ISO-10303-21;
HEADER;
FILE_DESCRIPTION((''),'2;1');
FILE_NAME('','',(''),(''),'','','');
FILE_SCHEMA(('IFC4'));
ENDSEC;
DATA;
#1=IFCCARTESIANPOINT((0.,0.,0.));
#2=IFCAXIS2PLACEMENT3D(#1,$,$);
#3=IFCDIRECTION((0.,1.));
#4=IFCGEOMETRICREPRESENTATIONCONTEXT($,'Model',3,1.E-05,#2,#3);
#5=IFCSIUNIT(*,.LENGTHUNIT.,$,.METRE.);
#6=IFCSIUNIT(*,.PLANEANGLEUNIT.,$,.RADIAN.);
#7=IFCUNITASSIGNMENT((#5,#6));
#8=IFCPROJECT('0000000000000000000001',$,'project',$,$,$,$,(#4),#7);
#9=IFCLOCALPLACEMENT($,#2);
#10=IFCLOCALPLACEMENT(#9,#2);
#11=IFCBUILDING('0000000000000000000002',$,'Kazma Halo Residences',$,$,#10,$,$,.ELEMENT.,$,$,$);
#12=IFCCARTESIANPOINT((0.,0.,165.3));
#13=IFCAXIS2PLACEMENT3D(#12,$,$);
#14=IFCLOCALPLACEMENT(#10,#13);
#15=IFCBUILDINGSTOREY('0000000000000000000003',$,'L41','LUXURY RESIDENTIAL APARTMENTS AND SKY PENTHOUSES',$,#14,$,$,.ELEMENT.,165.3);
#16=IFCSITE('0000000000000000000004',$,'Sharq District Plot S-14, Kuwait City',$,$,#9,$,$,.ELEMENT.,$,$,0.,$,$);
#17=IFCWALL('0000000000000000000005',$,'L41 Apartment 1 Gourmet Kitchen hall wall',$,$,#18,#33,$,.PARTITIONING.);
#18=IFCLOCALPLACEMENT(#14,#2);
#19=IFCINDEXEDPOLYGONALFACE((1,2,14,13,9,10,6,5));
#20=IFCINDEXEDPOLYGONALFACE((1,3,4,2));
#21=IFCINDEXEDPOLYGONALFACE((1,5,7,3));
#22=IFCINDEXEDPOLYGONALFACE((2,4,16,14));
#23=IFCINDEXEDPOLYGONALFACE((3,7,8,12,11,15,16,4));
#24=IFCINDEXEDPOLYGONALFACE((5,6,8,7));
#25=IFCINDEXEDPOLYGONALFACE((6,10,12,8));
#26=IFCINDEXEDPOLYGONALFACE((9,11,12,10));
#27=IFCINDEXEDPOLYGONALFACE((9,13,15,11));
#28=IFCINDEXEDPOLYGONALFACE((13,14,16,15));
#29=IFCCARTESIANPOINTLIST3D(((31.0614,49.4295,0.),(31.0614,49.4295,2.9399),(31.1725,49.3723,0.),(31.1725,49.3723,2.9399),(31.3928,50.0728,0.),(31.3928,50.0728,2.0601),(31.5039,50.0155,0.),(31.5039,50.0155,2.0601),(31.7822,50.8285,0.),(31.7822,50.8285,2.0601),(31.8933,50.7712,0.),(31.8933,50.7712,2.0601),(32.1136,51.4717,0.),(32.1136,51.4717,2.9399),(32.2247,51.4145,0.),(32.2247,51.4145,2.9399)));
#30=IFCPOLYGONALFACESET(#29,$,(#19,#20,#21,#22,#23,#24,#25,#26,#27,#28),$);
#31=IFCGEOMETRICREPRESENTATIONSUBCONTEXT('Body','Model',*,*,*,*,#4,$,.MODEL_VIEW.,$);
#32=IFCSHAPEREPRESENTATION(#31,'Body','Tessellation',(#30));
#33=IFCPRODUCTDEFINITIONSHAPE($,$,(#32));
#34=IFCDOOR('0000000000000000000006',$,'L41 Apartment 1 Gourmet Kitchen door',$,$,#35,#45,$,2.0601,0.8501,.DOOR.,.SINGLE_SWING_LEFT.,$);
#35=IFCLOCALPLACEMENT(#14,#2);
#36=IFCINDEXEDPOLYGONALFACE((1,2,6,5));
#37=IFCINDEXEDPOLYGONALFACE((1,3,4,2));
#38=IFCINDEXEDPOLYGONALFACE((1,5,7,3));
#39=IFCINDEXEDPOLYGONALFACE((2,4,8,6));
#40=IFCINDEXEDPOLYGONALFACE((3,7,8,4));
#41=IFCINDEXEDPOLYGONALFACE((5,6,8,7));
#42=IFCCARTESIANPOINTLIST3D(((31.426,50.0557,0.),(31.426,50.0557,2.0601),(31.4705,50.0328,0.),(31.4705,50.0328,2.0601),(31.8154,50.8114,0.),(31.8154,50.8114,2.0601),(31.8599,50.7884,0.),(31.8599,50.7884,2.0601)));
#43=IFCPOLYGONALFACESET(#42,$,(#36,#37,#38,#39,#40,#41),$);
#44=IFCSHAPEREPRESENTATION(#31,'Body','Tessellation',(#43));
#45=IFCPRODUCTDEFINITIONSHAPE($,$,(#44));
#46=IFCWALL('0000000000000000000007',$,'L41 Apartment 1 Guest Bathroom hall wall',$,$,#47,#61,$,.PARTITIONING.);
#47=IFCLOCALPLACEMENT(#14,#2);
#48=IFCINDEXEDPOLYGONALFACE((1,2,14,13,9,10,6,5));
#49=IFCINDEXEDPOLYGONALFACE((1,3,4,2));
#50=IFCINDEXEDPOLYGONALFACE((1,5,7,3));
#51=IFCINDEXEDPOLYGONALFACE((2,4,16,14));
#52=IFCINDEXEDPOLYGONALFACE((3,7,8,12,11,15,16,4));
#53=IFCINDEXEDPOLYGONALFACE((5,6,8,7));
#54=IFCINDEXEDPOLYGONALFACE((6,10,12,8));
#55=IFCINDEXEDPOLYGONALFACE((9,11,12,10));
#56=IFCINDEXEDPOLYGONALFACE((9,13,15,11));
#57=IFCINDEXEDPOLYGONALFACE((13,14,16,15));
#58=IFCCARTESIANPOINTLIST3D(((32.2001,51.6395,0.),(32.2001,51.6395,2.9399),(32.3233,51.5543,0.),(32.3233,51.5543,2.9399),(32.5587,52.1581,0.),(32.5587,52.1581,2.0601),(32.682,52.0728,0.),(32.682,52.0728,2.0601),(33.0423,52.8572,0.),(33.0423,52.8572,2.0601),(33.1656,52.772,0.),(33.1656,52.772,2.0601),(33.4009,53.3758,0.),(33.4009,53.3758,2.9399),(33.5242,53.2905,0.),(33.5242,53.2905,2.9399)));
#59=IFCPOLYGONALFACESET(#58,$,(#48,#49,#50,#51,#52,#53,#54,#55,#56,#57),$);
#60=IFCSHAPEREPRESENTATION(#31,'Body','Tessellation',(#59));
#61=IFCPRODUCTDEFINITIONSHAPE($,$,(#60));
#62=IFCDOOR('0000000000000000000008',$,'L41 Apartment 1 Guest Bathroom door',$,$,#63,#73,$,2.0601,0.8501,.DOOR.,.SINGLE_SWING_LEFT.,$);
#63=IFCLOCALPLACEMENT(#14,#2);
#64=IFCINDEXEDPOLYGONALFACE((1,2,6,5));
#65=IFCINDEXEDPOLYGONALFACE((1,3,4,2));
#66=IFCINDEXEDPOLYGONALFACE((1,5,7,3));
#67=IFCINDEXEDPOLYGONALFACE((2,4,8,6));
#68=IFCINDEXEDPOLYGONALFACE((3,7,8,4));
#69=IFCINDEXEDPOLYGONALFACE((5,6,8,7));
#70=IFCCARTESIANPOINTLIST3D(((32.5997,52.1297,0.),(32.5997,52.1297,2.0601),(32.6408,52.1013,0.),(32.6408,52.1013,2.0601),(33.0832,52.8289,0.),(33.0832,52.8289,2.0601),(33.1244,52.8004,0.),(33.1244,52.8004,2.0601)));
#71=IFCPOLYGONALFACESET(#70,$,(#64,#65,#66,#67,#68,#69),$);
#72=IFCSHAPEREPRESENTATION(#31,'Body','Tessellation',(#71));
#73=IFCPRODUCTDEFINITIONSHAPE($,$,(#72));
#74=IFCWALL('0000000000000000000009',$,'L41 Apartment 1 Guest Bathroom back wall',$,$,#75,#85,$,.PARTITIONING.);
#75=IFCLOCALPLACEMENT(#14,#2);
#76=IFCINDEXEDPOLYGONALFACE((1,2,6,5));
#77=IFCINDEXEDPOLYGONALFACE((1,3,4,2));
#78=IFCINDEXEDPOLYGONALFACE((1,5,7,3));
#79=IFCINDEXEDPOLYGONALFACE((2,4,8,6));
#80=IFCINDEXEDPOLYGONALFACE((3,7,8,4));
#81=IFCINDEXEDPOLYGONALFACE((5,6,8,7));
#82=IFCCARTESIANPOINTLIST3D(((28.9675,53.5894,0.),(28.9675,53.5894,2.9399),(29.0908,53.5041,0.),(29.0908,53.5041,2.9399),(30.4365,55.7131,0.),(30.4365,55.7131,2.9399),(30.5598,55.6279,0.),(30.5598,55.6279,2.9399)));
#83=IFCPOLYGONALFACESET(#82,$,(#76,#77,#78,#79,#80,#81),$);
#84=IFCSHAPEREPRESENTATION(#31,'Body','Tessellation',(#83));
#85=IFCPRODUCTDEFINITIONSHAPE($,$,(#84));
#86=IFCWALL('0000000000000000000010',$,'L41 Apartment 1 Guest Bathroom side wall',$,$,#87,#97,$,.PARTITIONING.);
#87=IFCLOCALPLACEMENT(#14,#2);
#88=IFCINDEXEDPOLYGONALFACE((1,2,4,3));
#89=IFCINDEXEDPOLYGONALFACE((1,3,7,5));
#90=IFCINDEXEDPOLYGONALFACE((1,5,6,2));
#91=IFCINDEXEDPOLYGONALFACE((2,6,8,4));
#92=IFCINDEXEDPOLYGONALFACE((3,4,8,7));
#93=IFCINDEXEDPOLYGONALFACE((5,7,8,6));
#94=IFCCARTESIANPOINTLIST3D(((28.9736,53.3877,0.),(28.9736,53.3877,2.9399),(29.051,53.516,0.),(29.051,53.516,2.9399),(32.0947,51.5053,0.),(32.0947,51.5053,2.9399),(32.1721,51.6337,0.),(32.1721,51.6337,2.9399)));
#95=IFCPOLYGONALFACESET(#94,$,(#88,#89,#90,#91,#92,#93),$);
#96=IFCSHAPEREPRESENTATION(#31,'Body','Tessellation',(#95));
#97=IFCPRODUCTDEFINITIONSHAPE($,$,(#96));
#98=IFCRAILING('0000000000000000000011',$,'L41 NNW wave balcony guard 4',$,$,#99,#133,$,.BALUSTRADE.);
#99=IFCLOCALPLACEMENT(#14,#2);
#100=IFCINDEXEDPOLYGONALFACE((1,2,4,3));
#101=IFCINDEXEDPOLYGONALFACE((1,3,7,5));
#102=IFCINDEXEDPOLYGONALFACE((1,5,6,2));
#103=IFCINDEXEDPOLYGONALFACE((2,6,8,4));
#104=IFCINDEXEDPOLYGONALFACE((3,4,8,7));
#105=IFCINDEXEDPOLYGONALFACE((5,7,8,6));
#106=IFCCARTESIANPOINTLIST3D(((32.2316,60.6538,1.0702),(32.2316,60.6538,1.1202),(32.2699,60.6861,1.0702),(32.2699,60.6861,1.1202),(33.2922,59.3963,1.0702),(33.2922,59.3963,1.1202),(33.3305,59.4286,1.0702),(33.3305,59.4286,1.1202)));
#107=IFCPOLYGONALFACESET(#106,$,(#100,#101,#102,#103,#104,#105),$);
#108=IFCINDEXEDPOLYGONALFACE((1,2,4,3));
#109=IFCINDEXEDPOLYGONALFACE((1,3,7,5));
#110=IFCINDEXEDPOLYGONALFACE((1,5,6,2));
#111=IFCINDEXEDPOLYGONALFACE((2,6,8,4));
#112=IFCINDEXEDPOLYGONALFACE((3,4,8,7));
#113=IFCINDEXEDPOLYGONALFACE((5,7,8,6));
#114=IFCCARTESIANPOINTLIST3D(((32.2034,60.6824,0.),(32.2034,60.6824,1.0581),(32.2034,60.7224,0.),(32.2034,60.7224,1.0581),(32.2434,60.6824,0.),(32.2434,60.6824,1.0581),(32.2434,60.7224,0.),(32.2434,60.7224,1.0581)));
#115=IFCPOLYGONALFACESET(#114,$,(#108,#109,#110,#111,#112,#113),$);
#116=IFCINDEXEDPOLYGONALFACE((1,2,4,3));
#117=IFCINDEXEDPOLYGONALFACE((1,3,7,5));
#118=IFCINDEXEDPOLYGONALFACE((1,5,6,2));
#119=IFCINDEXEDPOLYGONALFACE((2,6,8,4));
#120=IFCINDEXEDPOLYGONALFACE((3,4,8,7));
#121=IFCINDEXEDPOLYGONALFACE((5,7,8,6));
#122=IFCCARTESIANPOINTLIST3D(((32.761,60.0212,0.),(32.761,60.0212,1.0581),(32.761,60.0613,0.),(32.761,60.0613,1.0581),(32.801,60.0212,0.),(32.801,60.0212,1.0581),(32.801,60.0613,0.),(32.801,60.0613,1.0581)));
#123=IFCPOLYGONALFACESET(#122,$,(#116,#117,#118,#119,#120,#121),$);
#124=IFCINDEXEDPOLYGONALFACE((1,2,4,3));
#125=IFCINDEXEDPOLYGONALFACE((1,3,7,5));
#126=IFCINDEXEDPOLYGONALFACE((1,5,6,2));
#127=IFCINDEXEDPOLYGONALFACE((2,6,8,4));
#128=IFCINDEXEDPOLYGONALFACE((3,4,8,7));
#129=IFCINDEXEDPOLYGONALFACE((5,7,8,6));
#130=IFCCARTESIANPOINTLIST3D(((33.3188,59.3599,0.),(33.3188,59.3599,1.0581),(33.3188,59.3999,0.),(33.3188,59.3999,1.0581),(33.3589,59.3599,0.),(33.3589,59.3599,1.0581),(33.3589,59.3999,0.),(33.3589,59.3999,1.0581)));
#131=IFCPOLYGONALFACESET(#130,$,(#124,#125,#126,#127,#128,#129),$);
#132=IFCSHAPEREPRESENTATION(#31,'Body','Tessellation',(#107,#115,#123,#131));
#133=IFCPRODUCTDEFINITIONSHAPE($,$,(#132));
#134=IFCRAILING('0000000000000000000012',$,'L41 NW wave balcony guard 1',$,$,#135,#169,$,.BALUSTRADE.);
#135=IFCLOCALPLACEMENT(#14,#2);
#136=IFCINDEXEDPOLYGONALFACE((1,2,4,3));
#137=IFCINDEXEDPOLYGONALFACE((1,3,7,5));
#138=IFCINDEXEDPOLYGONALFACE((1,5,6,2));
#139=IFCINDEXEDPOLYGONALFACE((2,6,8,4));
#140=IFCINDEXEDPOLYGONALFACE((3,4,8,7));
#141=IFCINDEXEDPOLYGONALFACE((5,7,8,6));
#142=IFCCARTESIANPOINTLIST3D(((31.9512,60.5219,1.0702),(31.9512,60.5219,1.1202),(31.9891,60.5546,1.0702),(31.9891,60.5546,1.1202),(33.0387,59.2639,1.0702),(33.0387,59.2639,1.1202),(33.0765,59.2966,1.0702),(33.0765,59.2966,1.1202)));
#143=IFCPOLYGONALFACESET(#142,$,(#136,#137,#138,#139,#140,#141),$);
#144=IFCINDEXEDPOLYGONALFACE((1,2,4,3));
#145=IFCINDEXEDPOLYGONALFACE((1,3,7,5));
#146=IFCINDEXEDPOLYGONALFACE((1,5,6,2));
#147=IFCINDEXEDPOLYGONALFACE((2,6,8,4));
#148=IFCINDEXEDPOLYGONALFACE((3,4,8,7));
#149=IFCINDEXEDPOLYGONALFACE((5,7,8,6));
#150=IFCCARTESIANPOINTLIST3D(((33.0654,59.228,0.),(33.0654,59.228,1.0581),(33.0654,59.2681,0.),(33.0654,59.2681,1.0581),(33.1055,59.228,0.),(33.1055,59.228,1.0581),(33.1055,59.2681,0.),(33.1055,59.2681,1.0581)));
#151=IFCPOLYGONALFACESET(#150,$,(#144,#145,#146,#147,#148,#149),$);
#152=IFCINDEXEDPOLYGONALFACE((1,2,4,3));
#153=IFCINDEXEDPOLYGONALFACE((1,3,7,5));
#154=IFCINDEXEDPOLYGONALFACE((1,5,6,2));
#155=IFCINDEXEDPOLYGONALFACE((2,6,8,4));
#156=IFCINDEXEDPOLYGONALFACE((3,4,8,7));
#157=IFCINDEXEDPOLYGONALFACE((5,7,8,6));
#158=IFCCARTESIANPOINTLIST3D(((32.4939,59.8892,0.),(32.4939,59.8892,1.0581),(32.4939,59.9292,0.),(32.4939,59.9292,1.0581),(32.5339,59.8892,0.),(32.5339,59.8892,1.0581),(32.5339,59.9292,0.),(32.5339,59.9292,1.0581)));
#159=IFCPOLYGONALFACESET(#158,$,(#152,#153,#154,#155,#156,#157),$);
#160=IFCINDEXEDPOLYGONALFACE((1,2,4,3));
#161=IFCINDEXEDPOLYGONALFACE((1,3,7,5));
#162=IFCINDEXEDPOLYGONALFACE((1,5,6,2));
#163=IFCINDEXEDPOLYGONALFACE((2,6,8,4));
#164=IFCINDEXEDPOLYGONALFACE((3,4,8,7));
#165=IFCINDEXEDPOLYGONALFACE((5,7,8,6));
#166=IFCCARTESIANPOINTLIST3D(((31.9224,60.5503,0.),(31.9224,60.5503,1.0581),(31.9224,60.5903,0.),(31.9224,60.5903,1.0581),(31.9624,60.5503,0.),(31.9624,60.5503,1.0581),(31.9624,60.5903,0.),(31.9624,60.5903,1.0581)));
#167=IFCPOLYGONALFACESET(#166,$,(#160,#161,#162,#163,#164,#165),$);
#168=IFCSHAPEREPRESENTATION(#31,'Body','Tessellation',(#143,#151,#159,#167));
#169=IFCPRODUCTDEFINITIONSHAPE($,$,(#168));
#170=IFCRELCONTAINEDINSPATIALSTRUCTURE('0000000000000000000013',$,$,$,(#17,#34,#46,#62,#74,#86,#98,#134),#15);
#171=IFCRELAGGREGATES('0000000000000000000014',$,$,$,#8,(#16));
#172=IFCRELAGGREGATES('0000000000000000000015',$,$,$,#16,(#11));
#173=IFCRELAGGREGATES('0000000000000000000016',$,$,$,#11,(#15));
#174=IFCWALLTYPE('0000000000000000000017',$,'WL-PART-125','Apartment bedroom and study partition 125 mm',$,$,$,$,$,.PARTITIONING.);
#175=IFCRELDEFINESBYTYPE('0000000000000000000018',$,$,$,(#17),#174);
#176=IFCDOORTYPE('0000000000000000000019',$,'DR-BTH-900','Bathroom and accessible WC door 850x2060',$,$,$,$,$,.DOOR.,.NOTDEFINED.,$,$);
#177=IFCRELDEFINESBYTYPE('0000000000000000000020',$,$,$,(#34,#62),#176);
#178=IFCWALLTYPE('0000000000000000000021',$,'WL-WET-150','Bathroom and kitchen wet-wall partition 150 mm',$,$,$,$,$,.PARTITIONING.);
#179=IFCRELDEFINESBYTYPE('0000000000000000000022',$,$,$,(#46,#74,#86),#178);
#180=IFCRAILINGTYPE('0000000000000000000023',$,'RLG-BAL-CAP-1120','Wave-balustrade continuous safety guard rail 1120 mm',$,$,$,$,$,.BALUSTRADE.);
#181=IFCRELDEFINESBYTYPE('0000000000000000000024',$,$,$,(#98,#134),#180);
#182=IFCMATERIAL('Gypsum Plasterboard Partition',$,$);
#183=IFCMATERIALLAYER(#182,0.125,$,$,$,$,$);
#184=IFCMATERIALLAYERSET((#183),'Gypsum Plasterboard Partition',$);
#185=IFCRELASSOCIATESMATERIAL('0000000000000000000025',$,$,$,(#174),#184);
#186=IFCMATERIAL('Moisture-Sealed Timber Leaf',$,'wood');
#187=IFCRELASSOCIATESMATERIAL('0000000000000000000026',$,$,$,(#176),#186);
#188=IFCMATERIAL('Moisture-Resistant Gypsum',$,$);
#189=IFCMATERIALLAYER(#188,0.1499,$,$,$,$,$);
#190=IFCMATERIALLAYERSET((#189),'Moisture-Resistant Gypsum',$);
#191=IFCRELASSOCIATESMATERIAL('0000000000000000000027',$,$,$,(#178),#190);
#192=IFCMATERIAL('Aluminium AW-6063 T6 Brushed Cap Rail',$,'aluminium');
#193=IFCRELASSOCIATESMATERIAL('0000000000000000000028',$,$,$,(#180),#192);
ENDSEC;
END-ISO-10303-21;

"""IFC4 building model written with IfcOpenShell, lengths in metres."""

from ifc_helpers import new_model, si_unit, direction, frame, frame_2d, origin, origin_2d, place, context, subcontext, project, spatial, rectangle, extrude, material, layer, layer_set, type_object, element, fill, save


model = new_model("IFC4")

# Units and contexts
model_context = context("Model", 3, precision=1e-05, world=origin(), true_north=direction((0.0, 1.0)))
body_context = subcontext(model_context, "Body", "Model", "MODEL_VIEW")
ifc_project = project(units=[si_unit("LENGTHUNIT", "METRE"), si_unit("PLANEANGLEUNIT", "RADIAN")], contexts=[model_context])

# Site, building, storey
site_placement = place(None, origin())
site = spatial("IfcSite", under=ifc_project, at=site_placement, Name="Sharq District Plot S-14, Kuwait City", CompositionType="ELEMENT", RefElevation=0.0)
building_placement = place(site_placement, origin())
building = spatial("IfcBuilding", under=site, at=building_placement, Name="Kazma Halo Residences", CompositionType="ELEMENT")
storey_placement = place(building_placement, frame((0.0, 0.0, 165.3)))
storey = spatial("IfcBuildingStorey", under=building, at=storey_placement, Name="L41", Description="LUXURY RESIDENTIAL APARTMENTS AND SKY PENTHOUSES", CompositionType="ELEMENT", Elevation=165.3)

# Shared definitions
ifc_material_1 = material(Name="Gypsum Plasterboard Partition")
ifc_layer_1 = layer(ifc_material_1, 0.125)
ifc_layer_set_1 = layer_set([ifc_layer_1], Name="Gypsum Plasterboard Partition")
wall_type_1 = type_object("IfcWallType", Name="WL-PART-125", Description="Apartment bedroom and study partition 125 mm", PredefinedType="PARTITIONING", material=ifc_layer_set_1)

# Walls, openings, doors
ifc_material_2 = material(Name="Moisture-Sealed Timber Leaf", Category="wood")
door_type_1 = type_object("IfcDoorType", Name="DR-BTH-900", Description="Bathroom and accessible WC door 850x2060", OperationType="NOTDEFINED", PredefinedType="DOOR", material=ifc_material_2)
wall_1_placement = place(storey_placement, frame((32.1692, 51.4431, 0.0), z_axis=(0.0, 0.0, 1.0), x_axis=(-0.45802, -0.888942, 0.0)))
wall_1 = element("IfcWall", 1, at=wall_1_placement, inside=storey, type_object=wall_type_1, Name="L41 Apartment 1 Gourmet Kitchen hall wall", PredefinedType="PARTITIONING", context=body_context, shape_type="SweptSolid", body=[
    extrude(rectangle(XDim=2.2974, YDim=0.125, at=frame_2d((1.1487, 0.0))), origin(), (0.0, 0.0, 1.0), 2.9399),
])
opening_1_placement = place(wall_1_placement, frame((0.7236, 0.0, 0.0)))
opening_1 = element("IfcOpeningElement", 2, at=opening_1_placement, cuts=wall_1, PredefinedType="OPENING", context=body_context, shape_type="SweptSolid", body=[
    extrude(rectangle(XDim=0.8501, YDim=2.0601, at=frame_2d((0.425, 1.03))), frame((0.0, 0.0725, 0.0), z_axis=(0.0, -1.0, 0.0), x_axis=(1.0, 0.0, 0.0)), (0.0, 0.0, 1.0), 0.145),
])
door_1_placement = place(opening_1_placement, origin())
door_1 = element("IfcDoor", 3, at=door_1_placement, inside=storey, type_object=door_type_1, Name="L41 Apartment 1 Gourmet Kitchen door", OperationType="SINGLE_SWING_LEFT", OverallHeight=2.0601, OverallWidth=0.8501, PredefinedType="DOOR", context=body_context, shape_type="SweptSolid", body=[
    extrude(rectangle(XDim=0.8501, YDim=2.0601, at=frame_2d((0.425, 1.03))), frame((0.0, 0.0249, 0.0), z_axis=(0.0, -1.0, 0.0), x_axis=(1.0, 0.0, 0.0)), (0.0, 0.0, 1.0), 0.05),
])
fill(opening_1, door_1)
ifc_material_3 = material(Name="Moisture-Resistant Gypsum")
ifc_layer_2 = layer(ifc_material_3, 0.1499)
ifc_layer_set_2 = layer_set([ifc_layer_2], Name="Moisture-Resistant Gypsum")
wall_type_2 = type_object("IfcWallType", Name="WL-WET-150", Description="Bathroom and kitchen wet-wall partition 150 mm", PredefinedType="PARTITIONING", material=ifc_layer_set_2)
wall_2_placement = place(storey_placement, frame((33.4626, 53.3333, 0.0), z_axis=(0.0, 0.0, 1.0), x_axis=(-0.568843, -0.822446, 0.0)))
wall_2 = element("IfcWall", 4, at=wall_2_placement, inside=storey, type_object=wall_type_2, Name="L41 Apartment 1 Guest Bathroom hall wall", PredefinedType="PARTITIONING", context=body_context, shape_type="SweptSolid", body=[
    extrude(rectangle(XDim=2.1111, YDim=0.1499, at=frame_2d((1.0557, 0.0))), origin(), (0.0, 0.0, 1.0), 2.9399),
])
opening_2_placement = place(wall_2_placement, frame((0.6306, 0.0, 0.0)))
opening_2 = element("IfcOpeningElement", 5, at=opening_2_placement, cuts=wall_2, PredefinedType="OPENING", context=body_context, shape_type="SweptSolid", body=[
    extrude(rectangle(XDim=0.8501, YDim=2.0601, at=frame_2d((0.425, 1.03))), frame((0.0, 0.085, 0.0), z_axis=(0.0, -1.0, 0.0), x_axis=(1.0, 0.0, 0.0)), (0.0, 0.0, 1.0), 0.1699),
])
door_2_placement = place(opening_2_placement, origin())
door_2 = element("IfcDoor", 6, at=door_2_placement, inside=storey, type_object=door_type_1, Name="L41 Apartment 1 Guest Bathroom door", OperationType="SINGLE_SWING_LEFT", OverallHeight=2.0601, OverallWidth=0.8501, PredefinedType="DOOR", context=body_context, shape_type="SweptSolid", body=[
    extrude(rectangle(XDim=0.8501, YDim=2.0601, at=frame_2d((0.425, 1.03))), frame((0.0, 0.0249, 0.0), z_axis=(0.0, -1.0, 0.0), x_axis=(1.0, 0.0, 0.0)), (0.0, 0.0, 1.0), 0.05),
])
fill(opening_2, door_2)

# Walls
wall_3_placement = place(storey_placement, frame((30.498, 55.6704, 0.0), z_axis=(0.0, 0.0, 1.0), x_axis=(-0.568866, -0.82243, 0.0)))
element("IfcWall", 7, at=wall_3_placement, inside=storey, type_object=wall_type_2, Name="L41 Apartment 1 Guest Bathroom back wall", PredefinedType="PARTITIONING", context=body_context, shape_type="SweptSolid", body=[
    extrude(rectangle(XDim=2.5823, YDim=0.1499, at=frame_2d((1.291, 0.0))), origin(), (0.0, 0.0, 1.0), 2.9399),
])
wall_4_placement = place(storey_placement, frame((32.1333, 51.5696, 0.0), z_axis=(0.0, 0.0, 1.0), x_axis=(-0.85632, 0.516445, 0.0)))
element("IfcWall", 8, at=wall_4_placement, inside=storey, type_object=wall_type_2, Name="L41 Apartment 1 Guest Bathroom side wall", PredefinedType="PARTITIONING", context=body_context, shape_type="SweptSolid", body=[
    extrude(rectangle(XDim=3.6448, YDim=0.1499, at=frame_2d((1.8223, 0.0))), origin(), (0.0, 0.0, 1.0), 2.9399),
])

# Railings
ifc_material_4 = material(Name="Aluminium AW-6063 T6 Brushed Cap Rail", Category="aluminium")
railing_type = type_object("IfcRailingType", Name="RLG-BAL-CAP-1120", Description="Wave-balustrade continuous safety guard rail 1120 mm", PredefinedType="BALUSTRADE", material=ifc_material_4)
railing_1_placement = place(storey_placement, frame((32.2234, 60.7024, 0.0)))
element("IfcRailing", 9, at=railing_1_placement, inside=storey, type_object=railing_type, Name="L41 NNW wave balcony guard 4", PredefinedType="BALUSTRADE", context=body_context, shape_type="SweptSolid", body=[
    extrude(rectangle(XDim=0.05, YDim=0.05, at=origin_2d()), frame((0.0273, -0.0325, 1.0952), z_axis=(0.64474, -0.764402, 0.0), x_axis=(0.764402, 0.64474, 0.0)), (0.0, 0.0, 1.0), 1.645),
    extrude(rectangle(XDim=0.04, YDim=0.04, at=origin_2d()), origin(), (0.0, 0.0, 1.0), 1.0581),
    extrude(rectangle(XDim=0.04, YDim=0.04, at=origin_2d()), frame((0.5576, -0.6611, 0.0)), (0.0, 0.0, 1.0), 1.0581),
    extrude(rectangle(XDim=0.04, YDim=0.04, at=origin_2d()), frame((1.1155, -1.3225, 0.0)), (0.0, 0.0, 1.0), 1.0581),
])
railing_2_placement = place(storey_placement, frame((33.0854, 59.248, 0.0)))
element("IfcRailing", 10, at=railing_2_placement, inside=storey, type_object=railing_type, Name="L41 NW wave balcony guard 1", PredefinedType="BALUSTRADE", context=body_context, shape_type="SweptSolid", body=[
    extrude(rectangle(XDim=0.05, YDim=0.05, at=origin_2d()), frame((-0.0278, 0.0322, 1.0952), z_axis=(-0.653983, 0.756509, 0.0), x_axis=(-0.756509, -0.653983, 0.0)), (0.0, 0.0, 1.0), 1.6628),
    extrude(rectangle(XDim=0.04, YDim=0.04, at=origin_2d()), origin(), (0.0, 0.0, 1.0), 1.0581),
    extrude(rectangle(XDim=0.04, YDim=0.04, at=origin_2d()), frame((-0.5715, 0.6611, 0.0)), (0.0, 0.0, 1.0), 1.0581),
    extrude(rectangle(XDim=0.04, YDim=0.04, at=origin_2d()), frame((-1.1431, 1.3223, 0.0)), (0.0, 0.0, 1.0), 1.0581),
])

save(model, "model.ifc")
